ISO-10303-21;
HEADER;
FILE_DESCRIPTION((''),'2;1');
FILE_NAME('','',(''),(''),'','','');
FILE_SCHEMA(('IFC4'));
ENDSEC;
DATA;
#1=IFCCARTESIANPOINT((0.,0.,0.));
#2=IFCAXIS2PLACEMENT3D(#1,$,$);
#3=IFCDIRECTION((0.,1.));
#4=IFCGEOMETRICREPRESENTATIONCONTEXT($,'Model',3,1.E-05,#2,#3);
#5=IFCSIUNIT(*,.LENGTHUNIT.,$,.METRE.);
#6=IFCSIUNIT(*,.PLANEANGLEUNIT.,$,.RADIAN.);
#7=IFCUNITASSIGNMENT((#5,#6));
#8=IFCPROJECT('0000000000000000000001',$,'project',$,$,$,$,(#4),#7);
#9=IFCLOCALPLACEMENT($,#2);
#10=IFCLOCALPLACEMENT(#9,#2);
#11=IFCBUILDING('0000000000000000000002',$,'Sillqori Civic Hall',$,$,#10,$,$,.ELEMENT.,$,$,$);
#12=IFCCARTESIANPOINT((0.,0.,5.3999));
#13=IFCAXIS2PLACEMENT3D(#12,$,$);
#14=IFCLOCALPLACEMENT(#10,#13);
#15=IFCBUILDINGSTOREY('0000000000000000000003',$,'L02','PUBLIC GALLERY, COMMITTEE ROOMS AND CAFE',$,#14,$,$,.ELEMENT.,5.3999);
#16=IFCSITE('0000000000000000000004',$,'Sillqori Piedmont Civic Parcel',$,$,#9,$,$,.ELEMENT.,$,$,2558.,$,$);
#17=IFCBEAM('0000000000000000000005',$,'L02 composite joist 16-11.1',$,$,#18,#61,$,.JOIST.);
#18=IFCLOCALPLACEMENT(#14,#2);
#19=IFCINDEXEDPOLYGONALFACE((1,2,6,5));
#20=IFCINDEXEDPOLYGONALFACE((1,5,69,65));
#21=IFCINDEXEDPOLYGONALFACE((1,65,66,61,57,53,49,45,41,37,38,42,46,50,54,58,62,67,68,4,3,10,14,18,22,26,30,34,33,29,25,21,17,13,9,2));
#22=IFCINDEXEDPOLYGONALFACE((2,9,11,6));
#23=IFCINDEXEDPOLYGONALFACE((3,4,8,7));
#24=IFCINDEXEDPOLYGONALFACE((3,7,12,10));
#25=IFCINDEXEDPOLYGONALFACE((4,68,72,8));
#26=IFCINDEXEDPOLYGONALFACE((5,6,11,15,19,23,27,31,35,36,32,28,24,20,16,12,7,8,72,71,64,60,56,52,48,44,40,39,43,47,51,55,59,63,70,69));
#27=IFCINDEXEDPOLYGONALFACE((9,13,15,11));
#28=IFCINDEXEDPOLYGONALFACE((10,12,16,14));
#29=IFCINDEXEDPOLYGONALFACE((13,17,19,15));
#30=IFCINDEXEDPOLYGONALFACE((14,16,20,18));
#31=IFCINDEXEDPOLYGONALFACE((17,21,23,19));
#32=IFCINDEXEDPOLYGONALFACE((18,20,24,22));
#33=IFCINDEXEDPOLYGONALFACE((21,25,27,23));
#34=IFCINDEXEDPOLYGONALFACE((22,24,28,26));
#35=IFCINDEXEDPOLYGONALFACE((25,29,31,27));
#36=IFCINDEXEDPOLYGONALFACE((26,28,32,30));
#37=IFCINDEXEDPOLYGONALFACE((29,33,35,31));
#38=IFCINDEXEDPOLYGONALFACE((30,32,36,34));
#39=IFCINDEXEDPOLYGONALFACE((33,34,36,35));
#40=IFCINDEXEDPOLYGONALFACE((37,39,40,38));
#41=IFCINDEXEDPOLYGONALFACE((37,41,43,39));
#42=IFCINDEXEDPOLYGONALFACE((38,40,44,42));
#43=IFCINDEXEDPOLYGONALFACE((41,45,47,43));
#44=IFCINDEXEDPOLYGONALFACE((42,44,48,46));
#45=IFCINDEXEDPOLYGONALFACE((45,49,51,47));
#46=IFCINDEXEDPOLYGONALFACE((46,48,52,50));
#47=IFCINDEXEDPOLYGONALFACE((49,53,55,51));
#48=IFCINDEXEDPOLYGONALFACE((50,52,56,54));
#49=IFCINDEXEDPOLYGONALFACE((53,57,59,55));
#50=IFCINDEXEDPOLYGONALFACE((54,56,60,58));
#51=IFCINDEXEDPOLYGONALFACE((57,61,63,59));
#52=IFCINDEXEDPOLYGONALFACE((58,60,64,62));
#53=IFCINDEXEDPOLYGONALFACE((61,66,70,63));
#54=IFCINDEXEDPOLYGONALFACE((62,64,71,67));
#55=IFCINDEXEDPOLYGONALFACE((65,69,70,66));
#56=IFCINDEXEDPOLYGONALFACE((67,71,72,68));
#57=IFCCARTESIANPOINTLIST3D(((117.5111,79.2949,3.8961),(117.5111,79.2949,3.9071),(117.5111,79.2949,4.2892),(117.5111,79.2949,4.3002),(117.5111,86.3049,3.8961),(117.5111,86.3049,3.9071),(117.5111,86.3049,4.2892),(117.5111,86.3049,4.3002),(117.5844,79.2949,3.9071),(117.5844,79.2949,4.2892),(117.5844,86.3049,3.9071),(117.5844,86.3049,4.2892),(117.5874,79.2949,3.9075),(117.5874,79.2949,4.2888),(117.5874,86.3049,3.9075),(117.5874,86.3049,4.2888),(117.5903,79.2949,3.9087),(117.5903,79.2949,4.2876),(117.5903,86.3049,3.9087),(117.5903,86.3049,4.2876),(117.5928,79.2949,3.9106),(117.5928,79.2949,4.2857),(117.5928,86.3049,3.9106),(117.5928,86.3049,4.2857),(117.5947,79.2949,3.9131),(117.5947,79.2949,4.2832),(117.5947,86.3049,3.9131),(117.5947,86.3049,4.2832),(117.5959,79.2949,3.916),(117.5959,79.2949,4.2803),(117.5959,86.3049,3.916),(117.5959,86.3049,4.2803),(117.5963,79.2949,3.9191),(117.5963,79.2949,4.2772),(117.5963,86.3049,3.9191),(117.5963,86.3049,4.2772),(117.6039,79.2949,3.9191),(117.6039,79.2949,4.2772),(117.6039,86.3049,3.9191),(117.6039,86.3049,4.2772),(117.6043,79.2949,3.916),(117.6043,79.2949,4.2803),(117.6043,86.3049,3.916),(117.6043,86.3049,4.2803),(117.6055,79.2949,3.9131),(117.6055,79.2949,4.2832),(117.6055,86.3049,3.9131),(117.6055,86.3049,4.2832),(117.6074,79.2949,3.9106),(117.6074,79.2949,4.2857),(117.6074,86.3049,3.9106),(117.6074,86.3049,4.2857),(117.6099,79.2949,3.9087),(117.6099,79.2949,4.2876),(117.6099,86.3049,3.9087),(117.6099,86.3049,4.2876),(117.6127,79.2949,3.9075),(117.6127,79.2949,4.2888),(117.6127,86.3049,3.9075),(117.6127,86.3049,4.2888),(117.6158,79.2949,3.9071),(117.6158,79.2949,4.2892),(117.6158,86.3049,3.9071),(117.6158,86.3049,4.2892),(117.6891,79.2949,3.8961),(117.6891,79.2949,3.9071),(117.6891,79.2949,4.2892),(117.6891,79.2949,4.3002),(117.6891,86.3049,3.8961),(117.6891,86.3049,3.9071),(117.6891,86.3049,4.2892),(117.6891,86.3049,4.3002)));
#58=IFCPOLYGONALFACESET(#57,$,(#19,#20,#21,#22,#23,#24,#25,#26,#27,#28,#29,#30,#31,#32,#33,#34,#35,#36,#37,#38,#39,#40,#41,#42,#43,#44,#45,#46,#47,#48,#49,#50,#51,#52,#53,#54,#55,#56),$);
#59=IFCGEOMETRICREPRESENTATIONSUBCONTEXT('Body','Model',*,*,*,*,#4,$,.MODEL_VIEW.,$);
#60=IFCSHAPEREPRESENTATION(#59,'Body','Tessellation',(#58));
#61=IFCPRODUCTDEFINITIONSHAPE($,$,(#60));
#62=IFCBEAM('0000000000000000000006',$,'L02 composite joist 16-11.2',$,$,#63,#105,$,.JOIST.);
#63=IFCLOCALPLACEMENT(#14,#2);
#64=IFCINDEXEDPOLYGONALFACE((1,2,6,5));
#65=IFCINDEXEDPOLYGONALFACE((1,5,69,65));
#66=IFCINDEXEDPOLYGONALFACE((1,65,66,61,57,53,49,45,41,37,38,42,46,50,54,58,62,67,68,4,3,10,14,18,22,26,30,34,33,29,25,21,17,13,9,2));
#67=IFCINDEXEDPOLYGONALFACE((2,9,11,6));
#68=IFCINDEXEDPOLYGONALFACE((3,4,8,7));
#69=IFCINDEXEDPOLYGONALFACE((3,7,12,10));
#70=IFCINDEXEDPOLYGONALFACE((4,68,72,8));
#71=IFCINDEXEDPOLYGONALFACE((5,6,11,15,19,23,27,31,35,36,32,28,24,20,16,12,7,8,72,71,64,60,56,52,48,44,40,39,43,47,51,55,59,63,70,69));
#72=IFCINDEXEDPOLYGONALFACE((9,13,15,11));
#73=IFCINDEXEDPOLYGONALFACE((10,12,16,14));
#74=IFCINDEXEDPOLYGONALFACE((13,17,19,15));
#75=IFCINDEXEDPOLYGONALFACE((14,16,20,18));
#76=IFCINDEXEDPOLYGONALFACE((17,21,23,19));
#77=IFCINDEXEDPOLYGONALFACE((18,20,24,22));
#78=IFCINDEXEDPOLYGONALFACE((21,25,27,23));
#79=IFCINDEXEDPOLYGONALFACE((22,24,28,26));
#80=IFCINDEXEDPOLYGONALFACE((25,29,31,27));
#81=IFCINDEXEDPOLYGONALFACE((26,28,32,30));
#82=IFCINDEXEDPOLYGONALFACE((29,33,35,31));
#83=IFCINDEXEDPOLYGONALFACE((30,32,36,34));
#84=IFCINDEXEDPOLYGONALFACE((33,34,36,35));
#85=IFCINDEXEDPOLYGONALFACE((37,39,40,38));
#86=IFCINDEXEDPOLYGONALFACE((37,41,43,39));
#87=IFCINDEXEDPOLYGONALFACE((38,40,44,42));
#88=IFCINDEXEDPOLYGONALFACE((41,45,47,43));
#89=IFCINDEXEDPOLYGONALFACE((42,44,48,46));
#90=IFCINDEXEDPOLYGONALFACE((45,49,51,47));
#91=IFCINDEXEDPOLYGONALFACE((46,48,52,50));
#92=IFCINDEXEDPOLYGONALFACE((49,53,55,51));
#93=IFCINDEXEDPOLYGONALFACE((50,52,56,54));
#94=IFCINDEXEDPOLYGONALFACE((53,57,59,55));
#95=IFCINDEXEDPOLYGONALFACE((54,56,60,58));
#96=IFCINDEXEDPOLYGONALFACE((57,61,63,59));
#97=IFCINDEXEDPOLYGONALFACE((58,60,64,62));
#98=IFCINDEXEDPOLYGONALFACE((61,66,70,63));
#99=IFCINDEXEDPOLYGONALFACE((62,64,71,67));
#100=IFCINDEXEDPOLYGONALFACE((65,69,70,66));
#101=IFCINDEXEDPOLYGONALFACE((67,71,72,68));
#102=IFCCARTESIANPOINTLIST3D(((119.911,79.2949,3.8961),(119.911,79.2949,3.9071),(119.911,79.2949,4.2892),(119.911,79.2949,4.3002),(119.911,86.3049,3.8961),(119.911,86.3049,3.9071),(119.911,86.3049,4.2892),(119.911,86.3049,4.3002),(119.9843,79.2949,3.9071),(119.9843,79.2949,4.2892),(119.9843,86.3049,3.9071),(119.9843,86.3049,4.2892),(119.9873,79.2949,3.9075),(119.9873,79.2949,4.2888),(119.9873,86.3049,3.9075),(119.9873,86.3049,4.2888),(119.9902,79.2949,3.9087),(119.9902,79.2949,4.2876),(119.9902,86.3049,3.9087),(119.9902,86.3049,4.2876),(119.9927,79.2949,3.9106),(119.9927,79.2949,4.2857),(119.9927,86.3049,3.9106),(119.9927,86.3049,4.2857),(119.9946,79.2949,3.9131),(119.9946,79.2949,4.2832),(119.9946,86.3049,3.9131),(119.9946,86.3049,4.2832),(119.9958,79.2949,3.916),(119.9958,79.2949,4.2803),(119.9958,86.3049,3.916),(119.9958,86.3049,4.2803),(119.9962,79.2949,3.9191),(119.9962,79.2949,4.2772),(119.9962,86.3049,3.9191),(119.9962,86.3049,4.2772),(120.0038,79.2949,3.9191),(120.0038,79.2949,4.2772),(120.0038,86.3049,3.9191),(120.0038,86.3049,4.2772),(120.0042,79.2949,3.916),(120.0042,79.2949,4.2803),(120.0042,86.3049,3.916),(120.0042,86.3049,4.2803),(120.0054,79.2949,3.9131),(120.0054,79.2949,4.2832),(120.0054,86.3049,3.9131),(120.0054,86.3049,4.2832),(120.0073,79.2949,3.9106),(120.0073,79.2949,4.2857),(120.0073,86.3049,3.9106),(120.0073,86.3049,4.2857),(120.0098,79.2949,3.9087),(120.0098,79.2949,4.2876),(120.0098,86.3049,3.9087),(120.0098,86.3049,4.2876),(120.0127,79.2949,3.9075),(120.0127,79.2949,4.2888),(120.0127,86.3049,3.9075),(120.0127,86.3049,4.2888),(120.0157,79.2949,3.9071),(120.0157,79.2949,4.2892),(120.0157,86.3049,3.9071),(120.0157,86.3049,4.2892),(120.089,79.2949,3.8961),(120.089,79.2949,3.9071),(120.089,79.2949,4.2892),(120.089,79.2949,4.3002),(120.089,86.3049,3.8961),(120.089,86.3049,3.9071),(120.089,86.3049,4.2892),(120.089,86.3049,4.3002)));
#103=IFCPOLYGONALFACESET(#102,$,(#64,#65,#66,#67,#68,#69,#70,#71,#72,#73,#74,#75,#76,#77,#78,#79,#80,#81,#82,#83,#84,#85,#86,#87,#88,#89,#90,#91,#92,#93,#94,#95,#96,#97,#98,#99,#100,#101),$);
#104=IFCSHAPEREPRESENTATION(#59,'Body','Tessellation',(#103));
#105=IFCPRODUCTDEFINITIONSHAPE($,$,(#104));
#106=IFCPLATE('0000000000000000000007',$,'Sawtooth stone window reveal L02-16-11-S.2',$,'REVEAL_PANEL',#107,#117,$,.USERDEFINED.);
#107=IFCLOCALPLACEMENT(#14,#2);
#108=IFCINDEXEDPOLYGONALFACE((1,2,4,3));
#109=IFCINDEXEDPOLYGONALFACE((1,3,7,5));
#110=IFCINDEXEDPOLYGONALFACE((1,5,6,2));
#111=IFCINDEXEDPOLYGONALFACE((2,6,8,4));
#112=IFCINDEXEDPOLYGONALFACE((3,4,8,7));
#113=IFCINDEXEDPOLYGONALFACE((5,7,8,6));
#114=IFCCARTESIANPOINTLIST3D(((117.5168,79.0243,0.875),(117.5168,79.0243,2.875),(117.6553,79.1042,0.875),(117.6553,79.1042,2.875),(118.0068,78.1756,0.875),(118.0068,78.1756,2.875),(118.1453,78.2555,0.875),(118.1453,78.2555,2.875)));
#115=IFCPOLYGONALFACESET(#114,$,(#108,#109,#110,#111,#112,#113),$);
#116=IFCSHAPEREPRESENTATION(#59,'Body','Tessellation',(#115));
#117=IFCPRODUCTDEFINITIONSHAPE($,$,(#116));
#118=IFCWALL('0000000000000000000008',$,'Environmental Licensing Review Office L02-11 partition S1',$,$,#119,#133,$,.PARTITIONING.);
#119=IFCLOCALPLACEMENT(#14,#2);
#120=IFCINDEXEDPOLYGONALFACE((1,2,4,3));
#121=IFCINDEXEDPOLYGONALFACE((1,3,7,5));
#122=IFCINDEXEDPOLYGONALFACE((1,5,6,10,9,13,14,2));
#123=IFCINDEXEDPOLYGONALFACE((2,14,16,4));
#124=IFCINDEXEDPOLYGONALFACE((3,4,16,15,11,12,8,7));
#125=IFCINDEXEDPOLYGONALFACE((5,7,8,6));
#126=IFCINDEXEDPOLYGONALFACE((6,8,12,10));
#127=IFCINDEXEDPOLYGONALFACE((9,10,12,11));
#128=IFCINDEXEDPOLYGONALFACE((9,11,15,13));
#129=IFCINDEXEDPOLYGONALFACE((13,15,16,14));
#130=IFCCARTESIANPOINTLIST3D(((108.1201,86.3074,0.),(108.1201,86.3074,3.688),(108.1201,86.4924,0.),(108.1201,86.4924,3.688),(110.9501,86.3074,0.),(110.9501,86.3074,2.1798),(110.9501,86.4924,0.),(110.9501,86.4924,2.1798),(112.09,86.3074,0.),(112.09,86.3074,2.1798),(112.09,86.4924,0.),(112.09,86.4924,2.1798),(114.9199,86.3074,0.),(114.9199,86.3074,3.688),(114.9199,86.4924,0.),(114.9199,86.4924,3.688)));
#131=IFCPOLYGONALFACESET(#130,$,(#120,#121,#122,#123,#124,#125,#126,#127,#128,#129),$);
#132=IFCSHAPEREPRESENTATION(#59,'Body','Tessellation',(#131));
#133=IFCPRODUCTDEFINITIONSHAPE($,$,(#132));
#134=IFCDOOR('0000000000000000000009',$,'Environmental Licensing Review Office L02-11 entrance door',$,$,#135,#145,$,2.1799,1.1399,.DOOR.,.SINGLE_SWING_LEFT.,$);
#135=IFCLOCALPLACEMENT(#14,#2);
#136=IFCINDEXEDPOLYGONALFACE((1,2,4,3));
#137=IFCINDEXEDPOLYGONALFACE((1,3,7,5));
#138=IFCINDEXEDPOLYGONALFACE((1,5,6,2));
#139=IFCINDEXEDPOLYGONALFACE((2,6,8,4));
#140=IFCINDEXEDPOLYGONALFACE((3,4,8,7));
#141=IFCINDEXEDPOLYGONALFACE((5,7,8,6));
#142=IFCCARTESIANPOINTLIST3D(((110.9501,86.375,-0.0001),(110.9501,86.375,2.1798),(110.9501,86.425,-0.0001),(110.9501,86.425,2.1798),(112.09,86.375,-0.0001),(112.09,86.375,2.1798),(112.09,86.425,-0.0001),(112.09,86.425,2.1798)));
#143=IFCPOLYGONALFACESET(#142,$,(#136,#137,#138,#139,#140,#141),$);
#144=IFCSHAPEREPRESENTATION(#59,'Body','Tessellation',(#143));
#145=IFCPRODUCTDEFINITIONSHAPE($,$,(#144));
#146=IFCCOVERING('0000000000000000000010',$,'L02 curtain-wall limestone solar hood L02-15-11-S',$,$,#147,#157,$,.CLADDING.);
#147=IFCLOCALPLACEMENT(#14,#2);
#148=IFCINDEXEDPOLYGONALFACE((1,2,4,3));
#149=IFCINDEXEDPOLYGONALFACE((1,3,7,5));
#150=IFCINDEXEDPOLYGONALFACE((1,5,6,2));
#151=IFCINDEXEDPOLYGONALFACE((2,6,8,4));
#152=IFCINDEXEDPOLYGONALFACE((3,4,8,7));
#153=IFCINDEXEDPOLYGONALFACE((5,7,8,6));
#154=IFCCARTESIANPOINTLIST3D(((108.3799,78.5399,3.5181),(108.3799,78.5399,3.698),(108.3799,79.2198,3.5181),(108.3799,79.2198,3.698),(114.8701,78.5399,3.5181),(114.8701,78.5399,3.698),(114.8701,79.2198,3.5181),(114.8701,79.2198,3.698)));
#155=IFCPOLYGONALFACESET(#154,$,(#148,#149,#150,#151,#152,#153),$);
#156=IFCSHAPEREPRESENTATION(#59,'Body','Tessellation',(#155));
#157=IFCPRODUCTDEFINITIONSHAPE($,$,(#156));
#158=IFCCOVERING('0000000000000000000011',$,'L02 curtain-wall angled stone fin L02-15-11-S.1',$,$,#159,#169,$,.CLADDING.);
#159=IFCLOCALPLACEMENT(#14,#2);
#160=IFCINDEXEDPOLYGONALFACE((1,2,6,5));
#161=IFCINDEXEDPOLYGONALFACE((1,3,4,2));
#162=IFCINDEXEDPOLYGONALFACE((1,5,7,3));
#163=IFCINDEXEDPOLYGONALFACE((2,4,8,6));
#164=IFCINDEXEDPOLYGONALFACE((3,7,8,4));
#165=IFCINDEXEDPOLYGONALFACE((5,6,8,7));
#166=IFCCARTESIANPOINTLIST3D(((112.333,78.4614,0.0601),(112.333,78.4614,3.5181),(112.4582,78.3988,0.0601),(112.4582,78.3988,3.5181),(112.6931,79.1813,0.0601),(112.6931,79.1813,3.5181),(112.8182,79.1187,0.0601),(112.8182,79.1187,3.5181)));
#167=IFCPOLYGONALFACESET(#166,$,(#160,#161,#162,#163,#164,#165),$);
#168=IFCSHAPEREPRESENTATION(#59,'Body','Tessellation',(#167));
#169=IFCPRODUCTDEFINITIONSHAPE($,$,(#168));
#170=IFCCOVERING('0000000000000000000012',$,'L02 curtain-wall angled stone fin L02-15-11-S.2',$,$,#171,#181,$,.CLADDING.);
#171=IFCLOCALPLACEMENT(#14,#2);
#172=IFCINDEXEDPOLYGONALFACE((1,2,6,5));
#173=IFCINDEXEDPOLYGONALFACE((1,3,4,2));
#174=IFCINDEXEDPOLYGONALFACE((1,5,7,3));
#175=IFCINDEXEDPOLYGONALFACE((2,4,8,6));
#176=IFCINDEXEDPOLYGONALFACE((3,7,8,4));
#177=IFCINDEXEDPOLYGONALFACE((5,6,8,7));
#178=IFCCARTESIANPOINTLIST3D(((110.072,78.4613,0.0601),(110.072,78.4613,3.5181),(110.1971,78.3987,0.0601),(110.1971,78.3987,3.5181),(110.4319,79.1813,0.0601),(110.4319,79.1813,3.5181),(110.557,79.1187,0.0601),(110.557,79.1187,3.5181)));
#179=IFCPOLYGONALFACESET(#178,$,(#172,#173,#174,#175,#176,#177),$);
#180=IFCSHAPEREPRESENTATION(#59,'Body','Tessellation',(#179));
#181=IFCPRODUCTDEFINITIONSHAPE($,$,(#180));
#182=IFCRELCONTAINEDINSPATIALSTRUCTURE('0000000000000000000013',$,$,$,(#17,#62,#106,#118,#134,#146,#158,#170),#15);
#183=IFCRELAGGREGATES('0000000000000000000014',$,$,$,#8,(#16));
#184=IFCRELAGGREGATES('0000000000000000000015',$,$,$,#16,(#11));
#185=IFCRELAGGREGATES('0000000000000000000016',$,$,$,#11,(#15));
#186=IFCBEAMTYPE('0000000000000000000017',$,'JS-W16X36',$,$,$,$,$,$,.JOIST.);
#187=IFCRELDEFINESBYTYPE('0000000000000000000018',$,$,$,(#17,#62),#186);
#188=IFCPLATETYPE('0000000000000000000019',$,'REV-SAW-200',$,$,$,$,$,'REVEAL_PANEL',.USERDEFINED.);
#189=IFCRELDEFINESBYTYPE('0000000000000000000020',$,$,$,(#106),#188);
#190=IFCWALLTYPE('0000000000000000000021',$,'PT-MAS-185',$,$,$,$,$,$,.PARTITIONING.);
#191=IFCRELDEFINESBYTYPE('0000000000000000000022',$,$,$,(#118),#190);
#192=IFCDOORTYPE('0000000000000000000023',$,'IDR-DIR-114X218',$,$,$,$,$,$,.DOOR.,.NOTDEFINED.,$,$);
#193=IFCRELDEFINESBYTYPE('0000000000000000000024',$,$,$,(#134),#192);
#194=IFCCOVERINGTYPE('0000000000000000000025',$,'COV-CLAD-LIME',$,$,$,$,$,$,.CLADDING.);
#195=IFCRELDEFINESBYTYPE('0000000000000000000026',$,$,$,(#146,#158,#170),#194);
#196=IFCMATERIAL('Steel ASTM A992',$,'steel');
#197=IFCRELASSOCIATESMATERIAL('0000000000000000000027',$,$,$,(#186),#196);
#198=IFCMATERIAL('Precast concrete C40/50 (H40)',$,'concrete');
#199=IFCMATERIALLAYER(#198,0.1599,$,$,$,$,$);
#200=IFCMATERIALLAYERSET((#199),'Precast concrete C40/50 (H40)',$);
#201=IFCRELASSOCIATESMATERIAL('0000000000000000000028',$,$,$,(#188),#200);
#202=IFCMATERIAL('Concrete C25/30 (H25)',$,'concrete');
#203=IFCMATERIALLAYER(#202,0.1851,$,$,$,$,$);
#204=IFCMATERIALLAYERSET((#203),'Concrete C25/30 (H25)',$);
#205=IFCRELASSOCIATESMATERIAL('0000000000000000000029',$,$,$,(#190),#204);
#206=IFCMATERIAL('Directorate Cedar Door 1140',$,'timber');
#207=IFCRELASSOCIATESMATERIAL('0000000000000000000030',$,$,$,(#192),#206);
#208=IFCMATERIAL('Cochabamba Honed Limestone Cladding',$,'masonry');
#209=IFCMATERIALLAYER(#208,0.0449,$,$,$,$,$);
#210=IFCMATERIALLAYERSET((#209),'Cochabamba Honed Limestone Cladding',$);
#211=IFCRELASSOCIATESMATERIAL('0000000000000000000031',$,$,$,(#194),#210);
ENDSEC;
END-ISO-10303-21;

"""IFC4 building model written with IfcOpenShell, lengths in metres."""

from ifc_helpers import new_model, si_unit, direction, frame, frame_2d, origin, origin_2d, place, context, subcontext, project, spatial, rectangle, i_section, extrude, material, layer, layer_set, material_profile, profile_set, type_object, element, fill, save


model = new_model("IFC4")

# Units and contexts
model_context = context("Model", 3, precision=1e-05, world=origin(), true_north=direction((0.0, 1.0)))
body_context = subcontext(model_context, "Body", "Model", "MODEL_VIEW")
ifc_project = project(units=[si_unit("LENGTHUNIT", "METRE"), si_unit("PLANEANGLEUNIT", "RADIAN")], contexts=[model_context])

# Site, building, storey
site_placement = place(None, origin())
site = spatial("IfcSite", under=ifc_project, at=site_placement, Name="Sillqori Piedmont Civic Parcel", CompositionType="ELEMENT", RefElevation=2558.0)
building_placement = place(site_placement, origin())
building = spatial("IfcBuilding", under=site, at=building_placement, Name="Sillqori Civic Hall", CompositionType="ELEMENT")
storey_placement = place(building_placement, frame((0.0, 0.0, 5.3999)))
storey = spatial("IfcBuildingStorey", under=building, at=storey_placement, Name="L02", Description="PUBLIC GALLERY, COMMITTEE ROOMS AND CAFE", CompositionType="ELEMENT", Elevation=5.3999)

# Shared definitions
ifc_material_1 = material(Name="Steel ASTM A992", Category="steel")

# Beams
ifc_material_profile_1 = material_profile(ifc_material_1, i_section(OverallWidth=0.178, OverallDepth=0.4041, WebThickness=0.0076, FlangeThickness=0.011, FilletRadius=0.012, at=origin_2d()), Name="W16X36")
ifc_profile_set_1 = profile_set([ifc_material_profile_1], Name="Steel ASTM A992")
beam_type_1 = type_object("IfcBeamType", Name="JS-W16X36", PredefinedType="JOIST", material=ifc_profile_set_1)
for number, where, z_axis, x_axis, name in (
    (1, (117.6001, 79.2949, 4.0981), (0.0, 1.0, 0.0), (-1.0, 0.0, 0.0), "L02 composite joist 16-11.1"),
    (2, (120.0, 79.2949, 4.0981), (0.0, 1.0, 0.0), (-1.0, 0.0, 0.0), "L02 composite joist 16-11.2"),
):
    element("IfcBeam", number, at=place(storey_placement, frame(where, z_axis=z_axis, x_axis=x_axis)), inside=storey, type_object=beam_type_1, Name=name, PredefinedType="JOIST", context=body_context, shape_type="SweptSolid", body=[
        extrude(i_section(OverallWidth=0.178, OverallDepth=0.4041, WebThickness=0.0076, FlangeThickness=0.011, FilletRadius=0.012, at=origin_2d()), origin(), (0.0, 0.0, 1.0), 7.01),
    ])

# Plate
ifc_material_2 = material(Name="Precast concrete C40/50 (H40)", Category="concrete")
ifc_layer_1 = layer(ifc_material_2, 0.1599)
ifc_layer_set_1 = layer_set([ifc_layer_1], Name="Precast concrete C40/50 (H40)")
plate_type_1 = type_object("IfcPlateType", Name="REV-SAW-200", ElementType="REVEAL_PANEL", PredefinedType="USERDEFINED", material=ifc_layer_set_1)
plate_1_placement = place(storey_placement, frame((117.8311, 78.6399, 0.875), z_axis=(0.0, 0.0, 1.0), x_axis=(-0.866025, -0.5, 0.0)))
element("IfcPlate", 3, at=plate_1_placement, inside=storey, type_object=plate_type_1, Name="Sawtooth stone window reveal L02-16-11-S.2", ObjectType="REVEAL_PANEL", PredefinedType="USERDEFINED", context=body_context, shape_type="SweptSolid", body=[
    extrude(rectangle(XDim=0.1599, YDim=0.98, at=origin_2d()), origin(), (0.0, 0.0, 1.0), 2.0),
])

# Wall, opening, door
ifc_material_3 = material(Name="Concrete C25/30 (H25)", Category="concrete")
ifc_layer_2 = layer(ifc_material_3, 0.1851)
ifc_layer_set_2 = layer_set([ifc_layer_2], Name="Concrete C25/30 (H25)")
wall_type = type_object("IfcWallType", Name="PT-MAS-185", PredefinedType="PARTITIONING", material=ifc_layer_set_2)
wall_placement = place(storey_placement, frame((114.9199, 86.3999, 0.0), z_axis=(0.0, 0.0, 1.0), x_axis=(-1.0, 0.0, 0.0)))
wall = element("IfcWall", 4, at=wall_placement, inside=storey, type_object=wall_type, Name="Environmental Licensing Review Office L02-11 partition S1", PredefinedType="PARTITIONING", context=body_context, shape_type="SweptSolid", body=[
    extrude(rectangle(XDim=6.7998, YDim=0.1851, at=frame_2d((3.3999, 0.0))), origin(), (0.0, 0.0, 1.0), 3.688),
])
opening_placement = place(wall_placement, frame((2.8301, 0.0, 0.0)))
opening = element("IfcOpeningElement", 5, at=opening_placement, cuts=wall, PredefinedType="OPENING", context=body_context, shape_type="SweptSolid", body=[
    extrude(rectangle(XDim=1.1399, YDim=2.1799, at=frame_2d((0.5698, 1.0898))), frame((0.0, 0.1025, 0.0), z_axis=(0.0, -1.0, 0.0), x_axis=(1.0, 0.0, 0.0)), (0.0, 0.0, 1.0), 0.2051),
])
ifc_material_4 = material(Name="Directorate Cedar Door 1140", Category="timber")
door_type = type_object("IfcDoorType", Name="IDR-DIR-114X218", OperationType="NOTDEFINED", PredefinedType="DOOR", material=ifc_material_4)
door_placement = place(opening_placement, origin())
door = element("IfcDoor", 6, at=door_placement, inside=storey, type_object=door_type, Name="Environmental Licensing Review Office L02-11 entrance door", OperationType="SINGLE_SWING_LEFT", OverallHeight=2.1799, OverallWidth=1.1399, PredefinedType="DOOR", context=body_context, shape_type="SweptSolid", body=[
    extrude(rectangle(XDim=1.1399, YDim=2.1799, at=frame_2d((0.5698, 1.0898))), frame((0.0, 0.0249, 0.0), z_axis=(0.0, -1.0, 0.0), x_axis=(1.0, 0.0, 0.0)), (0.0, 0.0, 1.0), 0.05),
])
fill(opening, door)

# Coverings
ifc_material_5 = material(Name="Cochabamba Honed Limestone Cladding", Category="masonry")
ifc_layer_3 = layer(ifc_material_5, 0.0449)
ifc_layer_set_3 = layer_set([ifc_layer_3], Name="Cochabamba Honed Limestone Cladding")
covering_type = type_object("IfcCoveringType", Name="COV-CLAD-LIME", PredefinedType="CLADDING", material=ifc_layer_set_3)
covering_1_placement = place(storey_placement, frame((114.8701, 78.8799, 3.5181), z_axis=(0.0, 0.0, 1.0), x_axis=(-1.0, 0.0, 0.0)))
element("IfcCovering", 7, at=covering_1_placement, inside=storey, type_object=covering_type, Name="L02 curtain-wall limestone solar hood L02-15-11-S", PredefinedType="CLADDING", context=body_context, shape_type="SweptSolid", body=[
    extrude(rectangle(XDim=6.4902, YDim=0.6799, at=frame_2d((3.2451, 0.0))), origin(), (0.0, 0.0, 1.0), 0.1799),
])
for number, where, z_axis, x_axis, name in (
    (8, (112.7556, 79.1499, 0.0601), (0.0, 0.0, 1.0), (-0.447335, -0.894367, 0.0), "L02 curtain-wall angled stone fin L02-15-11-S.1"),
    (9, (110.4944, 79.1499, 0.0601), (0.0, 0.0, 1.0), (-0.447092, -0.894488, 0.0), "L02 curtain-wall angled stone fin L02-15-11-S.2"),
):
    element("IfcCovering", number, at=place(storey_placement, frame(where, z_axis=z_axis, x_axis=x_axis)), inside=storey, type_object=covering_type, Name=name, PredefinedType="CLADDING", context=body_context, shape_type="SweptSolid", body=[
        extrude(rectangle(XDim=0.8049, YDim=0.1399, at=frame_2d((0.4023, 0.0))), origin(), (0.0, 0.0, 1.0), 3.458),
    ])

save(model, "model.ifc")
